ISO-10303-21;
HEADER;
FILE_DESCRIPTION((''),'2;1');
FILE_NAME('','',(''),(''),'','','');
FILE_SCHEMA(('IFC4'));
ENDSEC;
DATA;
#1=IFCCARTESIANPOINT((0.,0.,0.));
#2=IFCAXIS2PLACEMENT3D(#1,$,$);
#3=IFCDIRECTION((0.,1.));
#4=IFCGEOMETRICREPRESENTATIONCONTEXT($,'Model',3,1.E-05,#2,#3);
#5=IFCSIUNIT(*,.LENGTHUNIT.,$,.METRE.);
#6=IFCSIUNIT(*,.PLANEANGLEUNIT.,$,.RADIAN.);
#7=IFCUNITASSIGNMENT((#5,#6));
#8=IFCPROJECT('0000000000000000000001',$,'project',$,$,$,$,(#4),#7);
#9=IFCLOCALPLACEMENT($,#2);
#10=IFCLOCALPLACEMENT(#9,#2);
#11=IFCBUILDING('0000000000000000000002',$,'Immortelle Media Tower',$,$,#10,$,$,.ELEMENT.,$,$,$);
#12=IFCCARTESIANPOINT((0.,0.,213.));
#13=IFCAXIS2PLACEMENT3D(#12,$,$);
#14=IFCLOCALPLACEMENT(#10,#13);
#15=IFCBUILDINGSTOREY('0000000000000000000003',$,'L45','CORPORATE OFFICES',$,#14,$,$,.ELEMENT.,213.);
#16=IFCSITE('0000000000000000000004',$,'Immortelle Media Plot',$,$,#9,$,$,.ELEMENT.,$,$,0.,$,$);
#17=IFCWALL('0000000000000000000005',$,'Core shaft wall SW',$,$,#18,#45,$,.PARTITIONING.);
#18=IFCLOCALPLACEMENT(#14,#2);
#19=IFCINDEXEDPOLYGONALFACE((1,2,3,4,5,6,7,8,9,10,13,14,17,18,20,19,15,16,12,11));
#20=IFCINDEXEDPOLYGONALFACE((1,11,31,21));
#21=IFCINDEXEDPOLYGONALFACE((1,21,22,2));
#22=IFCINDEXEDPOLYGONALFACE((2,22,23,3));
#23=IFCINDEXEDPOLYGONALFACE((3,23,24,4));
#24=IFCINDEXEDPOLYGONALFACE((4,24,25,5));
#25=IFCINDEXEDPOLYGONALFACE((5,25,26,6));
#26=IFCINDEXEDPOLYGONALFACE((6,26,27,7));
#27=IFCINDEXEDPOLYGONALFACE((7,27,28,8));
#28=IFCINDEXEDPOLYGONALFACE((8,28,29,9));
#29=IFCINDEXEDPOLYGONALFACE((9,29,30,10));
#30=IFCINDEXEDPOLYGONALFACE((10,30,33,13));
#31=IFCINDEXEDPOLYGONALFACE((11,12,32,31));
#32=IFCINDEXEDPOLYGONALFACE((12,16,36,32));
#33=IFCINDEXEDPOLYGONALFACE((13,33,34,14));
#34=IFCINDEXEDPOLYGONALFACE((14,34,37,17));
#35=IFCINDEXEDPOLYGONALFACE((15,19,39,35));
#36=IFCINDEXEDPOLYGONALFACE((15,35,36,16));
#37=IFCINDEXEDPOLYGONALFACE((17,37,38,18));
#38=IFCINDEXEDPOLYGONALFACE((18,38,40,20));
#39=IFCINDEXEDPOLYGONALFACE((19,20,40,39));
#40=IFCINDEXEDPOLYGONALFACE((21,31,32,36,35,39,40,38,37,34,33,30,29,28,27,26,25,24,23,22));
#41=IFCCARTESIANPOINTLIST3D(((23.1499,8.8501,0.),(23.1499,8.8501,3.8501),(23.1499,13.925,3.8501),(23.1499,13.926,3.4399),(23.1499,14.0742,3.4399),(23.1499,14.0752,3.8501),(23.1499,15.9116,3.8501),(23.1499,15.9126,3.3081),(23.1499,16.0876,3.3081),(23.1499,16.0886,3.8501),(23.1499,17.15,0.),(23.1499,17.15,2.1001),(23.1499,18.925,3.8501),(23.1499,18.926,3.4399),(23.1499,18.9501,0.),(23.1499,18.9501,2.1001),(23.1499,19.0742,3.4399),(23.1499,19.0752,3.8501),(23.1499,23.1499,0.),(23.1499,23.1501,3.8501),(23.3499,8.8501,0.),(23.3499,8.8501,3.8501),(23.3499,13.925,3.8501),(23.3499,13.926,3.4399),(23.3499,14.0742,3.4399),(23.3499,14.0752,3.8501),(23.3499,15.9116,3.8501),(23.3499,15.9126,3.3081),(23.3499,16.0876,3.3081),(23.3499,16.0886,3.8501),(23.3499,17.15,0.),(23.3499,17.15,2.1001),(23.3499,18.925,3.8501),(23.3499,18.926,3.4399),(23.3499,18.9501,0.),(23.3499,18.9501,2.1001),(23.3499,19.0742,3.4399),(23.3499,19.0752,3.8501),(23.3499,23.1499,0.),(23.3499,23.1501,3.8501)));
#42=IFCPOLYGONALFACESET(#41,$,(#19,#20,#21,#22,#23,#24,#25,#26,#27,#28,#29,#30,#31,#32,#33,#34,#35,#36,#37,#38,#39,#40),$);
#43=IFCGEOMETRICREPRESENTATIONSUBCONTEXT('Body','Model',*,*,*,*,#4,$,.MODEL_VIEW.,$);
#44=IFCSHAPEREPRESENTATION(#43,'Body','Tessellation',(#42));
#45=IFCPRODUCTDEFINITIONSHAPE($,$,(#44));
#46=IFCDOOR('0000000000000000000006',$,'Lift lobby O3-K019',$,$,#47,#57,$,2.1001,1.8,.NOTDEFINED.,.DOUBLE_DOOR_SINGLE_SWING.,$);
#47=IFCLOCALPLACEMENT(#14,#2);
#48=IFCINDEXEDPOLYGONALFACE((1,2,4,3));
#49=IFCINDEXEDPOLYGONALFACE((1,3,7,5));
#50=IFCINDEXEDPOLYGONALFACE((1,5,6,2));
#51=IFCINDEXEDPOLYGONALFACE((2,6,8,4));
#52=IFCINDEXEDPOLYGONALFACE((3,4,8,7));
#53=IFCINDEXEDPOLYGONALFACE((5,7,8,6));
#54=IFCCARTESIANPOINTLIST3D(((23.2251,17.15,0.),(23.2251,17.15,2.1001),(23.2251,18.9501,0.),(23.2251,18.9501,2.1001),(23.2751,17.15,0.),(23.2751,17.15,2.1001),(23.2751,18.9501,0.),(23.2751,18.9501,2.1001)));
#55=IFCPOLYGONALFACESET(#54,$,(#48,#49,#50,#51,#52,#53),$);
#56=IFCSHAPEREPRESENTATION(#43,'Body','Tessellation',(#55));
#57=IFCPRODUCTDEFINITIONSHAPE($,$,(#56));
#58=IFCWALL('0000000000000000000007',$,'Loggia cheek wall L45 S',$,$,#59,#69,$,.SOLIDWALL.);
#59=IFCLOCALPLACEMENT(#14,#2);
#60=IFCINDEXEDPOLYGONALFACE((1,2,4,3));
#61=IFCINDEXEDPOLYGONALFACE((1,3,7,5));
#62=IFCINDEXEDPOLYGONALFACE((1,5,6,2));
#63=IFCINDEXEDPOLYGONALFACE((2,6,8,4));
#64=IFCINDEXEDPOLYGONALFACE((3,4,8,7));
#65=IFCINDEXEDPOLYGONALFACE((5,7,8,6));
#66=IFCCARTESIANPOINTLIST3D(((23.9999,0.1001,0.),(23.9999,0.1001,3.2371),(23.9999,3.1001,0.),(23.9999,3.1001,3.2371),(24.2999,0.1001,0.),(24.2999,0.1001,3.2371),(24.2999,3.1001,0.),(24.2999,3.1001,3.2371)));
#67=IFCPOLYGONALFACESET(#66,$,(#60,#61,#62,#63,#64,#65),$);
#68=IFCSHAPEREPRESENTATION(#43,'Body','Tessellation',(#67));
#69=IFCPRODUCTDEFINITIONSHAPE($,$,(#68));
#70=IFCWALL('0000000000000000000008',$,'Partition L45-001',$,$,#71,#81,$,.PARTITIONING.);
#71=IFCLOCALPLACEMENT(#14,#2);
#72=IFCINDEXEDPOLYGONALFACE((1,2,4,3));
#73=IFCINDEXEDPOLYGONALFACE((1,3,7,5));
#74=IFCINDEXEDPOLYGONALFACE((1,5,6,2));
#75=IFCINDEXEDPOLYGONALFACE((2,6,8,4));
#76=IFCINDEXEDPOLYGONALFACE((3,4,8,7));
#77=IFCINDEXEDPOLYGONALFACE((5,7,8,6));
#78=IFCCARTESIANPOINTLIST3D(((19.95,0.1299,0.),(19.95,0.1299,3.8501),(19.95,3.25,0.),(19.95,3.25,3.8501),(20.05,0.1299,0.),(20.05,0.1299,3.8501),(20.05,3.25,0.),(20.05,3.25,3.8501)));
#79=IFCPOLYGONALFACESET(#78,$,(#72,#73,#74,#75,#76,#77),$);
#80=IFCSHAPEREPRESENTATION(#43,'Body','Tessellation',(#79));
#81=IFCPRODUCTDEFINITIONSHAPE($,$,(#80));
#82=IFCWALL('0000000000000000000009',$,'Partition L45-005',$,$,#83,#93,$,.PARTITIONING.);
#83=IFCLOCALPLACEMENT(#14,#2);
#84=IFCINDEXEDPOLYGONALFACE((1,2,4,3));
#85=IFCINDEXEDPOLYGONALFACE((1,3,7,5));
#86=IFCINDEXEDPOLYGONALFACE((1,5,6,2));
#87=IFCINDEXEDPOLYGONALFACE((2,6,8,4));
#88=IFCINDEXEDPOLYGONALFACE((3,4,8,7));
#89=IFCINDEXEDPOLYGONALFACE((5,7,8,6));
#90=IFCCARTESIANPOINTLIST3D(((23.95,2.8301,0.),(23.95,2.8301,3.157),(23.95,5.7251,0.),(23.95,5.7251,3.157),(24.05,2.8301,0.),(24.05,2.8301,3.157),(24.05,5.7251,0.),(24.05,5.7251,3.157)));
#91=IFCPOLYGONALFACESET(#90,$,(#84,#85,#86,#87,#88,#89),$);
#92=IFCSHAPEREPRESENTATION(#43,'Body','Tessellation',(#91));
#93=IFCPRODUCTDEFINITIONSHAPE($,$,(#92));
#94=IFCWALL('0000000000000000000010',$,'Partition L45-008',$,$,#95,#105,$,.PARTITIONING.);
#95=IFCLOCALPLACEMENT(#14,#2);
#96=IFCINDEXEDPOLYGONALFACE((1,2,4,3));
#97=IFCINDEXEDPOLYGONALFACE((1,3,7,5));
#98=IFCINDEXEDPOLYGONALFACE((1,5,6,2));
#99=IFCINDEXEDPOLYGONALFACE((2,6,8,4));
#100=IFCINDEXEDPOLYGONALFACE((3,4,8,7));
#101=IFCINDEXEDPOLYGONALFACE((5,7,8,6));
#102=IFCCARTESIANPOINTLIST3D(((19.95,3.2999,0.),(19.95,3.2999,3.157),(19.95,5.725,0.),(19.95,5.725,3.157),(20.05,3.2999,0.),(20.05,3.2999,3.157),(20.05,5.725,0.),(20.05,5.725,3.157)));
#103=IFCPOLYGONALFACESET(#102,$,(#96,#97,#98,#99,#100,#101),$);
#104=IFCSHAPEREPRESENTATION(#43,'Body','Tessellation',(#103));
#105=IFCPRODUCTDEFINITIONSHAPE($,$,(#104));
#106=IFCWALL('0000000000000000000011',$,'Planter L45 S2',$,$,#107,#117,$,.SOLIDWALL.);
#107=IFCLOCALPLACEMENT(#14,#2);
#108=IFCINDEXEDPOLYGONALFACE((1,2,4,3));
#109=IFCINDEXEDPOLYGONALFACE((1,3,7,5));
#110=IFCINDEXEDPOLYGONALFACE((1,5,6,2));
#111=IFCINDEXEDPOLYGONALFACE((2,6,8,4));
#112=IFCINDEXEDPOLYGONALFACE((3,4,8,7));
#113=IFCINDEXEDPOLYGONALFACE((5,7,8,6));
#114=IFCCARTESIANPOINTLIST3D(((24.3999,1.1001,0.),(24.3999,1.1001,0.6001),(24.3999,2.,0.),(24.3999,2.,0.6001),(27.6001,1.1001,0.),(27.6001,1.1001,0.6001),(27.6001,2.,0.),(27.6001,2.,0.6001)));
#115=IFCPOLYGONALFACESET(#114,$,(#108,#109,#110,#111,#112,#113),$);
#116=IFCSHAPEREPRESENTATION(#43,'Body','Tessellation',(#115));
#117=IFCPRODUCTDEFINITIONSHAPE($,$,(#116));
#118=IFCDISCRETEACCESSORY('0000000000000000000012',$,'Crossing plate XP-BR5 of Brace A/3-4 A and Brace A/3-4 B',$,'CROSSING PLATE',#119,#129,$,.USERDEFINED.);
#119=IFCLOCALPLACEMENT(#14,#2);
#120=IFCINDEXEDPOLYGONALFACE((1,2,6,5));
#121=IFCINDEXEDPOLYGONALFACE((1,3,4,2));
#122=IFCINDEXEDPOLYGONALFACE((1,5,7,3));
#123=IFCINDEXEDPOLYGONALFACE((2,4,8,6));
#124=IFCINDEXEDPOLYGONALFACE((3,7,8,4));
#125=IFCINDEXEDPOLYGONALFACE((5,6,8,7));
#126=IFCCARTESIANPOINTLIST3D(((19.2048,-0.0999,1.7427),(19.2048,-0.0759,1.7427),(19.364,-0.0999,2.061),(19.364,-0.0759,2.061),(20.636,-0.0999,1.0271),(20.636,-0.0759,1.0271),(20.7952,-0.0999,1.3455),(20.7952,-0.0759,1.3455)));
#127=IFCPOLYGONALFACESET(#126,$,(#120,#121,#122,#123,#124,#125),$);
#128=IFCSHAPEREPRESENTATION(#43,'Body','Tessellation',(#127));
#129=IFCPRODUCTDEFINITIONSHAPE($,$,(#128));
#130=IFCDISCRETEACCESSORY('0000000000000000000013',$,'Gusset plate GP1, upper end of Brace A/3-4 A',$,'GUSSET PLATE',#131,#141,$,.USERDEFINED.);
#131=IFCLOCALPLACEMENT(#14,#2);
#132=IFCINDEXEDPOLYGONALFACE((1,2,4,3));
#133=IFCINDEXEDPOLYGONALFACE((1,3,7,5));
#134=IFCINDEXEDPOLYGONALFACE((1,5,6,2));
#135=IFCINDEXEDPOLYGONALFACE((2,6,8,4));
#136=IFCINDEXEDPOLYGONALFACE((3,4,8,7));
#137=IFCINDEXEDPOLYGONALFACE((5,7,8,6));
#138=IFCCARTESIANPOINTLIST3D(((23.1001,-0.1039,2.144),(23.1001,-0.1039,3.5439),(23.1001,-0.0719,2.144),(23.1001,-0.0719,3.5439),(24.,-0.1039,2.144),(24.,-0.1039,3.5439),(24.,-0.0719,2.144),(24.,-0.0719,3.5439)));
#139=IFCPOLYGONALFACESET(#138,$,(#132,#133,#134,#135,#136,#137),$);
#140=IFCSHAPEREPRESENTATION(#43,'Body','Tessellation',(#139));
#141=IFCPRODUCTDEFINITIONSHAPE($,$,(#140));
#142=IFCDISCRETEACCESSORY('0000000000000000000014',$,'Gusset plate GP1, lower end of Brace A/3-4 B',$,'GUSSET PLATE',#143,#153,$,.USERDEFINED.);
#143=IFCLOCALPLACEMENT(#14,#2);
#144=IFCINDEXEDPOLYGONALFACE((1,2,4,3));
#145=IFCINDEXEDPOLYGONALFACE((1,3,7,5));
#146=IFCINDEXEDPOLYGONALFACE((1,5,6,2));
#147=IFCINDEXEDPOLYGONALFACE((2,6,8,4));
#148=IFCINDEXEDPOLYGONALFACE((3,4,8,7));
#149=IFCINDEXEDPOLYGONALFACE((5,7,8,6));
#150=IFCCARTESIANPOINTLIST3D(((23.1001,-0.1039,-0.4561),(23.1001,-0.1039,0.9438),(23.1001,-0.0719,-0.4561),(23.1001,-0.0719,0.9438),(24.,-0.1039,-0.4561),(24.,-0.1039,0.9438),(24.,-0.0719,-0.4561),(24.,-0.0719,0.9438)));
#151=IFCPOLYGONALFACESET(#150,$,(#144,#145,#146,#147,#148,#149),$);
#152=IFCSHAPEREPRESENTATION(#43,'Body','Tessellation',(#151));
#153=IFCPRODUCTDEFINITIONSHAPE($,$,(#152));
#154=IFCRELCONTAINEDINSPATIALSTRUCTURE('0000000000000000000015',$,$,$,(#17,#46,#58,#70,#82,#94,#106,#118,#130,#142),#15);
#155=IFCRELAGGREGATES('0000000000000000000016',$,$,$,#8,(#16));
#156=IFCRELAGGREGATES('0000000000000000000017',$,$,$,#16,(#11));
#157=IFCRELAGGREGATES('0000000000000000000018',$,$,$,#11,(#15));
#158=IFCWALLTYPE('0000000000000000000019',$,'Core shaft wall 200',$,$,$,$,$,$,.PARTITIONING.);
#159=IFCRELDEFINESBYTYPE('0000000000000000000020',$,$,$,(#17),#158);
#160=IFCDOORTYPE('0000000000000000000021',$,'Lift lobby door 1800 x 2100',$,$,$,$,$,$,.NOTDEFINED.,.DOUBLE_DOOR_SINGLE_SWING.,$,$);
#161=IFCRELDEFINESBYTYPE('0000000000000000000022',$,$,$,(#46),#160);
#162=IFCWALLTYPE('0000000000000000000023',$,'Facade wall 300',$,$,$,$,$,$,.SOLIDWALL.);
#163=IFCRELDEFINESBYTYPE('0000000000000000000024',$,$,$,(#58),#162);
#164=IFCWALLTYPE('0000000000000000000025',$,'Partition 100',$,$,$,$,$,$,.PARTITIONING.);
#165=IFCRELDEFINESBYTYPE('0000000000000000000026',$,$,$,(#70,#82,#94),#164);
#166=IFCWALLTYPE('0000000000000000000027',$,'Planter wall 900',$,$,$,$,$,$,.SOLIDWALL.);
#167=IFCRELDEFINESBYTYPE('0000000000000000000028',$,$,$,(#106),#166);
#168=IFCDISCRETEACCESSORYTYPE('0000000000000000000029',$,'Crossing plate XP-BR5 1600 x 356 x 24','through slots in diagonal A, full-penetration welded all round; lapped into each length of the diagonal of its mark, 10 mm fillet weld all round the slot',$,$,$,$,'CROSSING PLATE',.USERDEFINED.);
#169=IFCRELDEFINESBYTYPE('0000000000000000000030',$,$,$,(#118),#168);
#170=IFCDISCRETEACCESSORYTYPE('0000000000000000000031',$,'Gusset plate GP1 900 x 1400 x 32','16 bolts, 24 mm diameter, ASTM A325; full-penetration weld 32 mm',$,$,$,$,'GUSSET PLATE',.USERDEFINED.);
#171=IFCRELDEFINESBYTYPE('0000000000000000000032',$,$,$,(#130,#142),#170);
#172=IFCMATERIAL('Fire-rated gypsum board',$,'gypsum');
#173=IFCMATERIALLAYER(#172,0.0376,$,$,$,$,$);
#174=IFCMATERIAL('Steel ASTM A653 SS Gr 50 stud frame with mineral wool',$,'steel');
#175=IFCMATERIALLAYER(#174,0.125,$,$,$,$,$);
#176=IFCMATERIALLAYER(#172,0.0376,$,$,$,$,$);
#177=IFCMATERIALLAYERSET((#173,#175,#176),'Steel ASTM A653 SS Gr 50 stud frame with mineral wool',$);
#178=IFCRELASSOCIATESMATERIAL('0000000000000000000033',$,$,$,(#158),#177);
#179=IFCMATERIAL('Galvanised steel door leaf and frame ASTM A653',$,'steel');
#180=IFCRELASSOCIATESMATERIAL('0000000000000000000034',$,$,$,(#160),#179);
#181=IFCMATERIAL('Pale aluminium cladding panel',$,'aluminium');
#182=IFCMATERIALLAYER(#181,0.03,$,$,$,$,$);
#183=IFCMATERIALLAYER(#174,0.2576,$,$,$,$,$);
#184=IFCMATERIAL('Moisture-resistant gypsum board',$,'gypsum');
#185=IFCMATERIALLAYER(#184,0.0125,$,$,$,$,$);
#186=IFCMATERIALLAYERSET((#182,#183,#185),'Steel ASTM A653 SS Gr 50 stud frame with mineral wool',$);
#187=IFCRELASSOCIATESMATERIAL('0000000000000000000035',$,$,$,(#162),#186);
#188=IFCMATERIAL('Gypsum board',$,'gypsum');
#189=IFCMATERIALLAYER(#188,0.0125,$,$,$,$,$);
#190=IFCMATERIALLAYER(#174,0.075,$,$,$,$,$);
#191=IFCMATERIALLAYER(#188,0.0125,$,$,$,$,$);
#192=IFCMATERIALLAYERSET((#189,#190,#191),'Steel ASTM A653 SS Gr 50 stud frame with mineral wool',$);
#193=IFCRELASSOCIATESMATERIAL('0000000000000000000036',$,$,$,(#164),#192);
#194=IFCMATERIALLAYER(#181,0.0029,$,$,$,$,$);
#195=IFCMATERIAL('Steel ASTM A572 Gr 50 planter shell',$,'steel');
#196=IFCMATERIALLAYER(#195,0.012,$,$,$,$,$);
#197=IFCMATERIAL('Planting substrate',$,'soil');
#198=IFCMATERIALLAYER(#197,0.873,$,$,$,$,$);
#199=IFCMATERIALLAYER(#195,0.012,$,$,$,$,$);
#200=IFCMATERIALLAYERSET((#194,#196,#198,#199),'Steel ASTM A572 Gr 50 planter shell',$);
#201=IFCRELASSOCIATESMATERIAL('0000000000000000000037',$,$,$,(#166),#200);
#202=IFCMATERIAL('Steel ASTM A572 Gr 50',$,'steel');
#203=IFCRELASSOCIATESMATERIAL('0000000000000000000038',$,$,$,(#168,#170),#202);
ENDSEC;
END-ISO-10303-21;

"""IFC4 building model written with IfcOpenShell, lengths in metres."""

from ifc_helpers import new_model, si_unit, direction, frame, frame_2d, origin, origin_2d, place, context, subcontext, project, spatial, polyline, rectangle, outline, extrude, material, layer, layer_set, material_profile, profile_set, type_object, element, fill, save


model = new_model("IFC4")

# Units and contexts
model_context = context("Model", 3, precision=1e-05, world=origin(), true_north=direction((0.0, 1.0)))
body_context = subcontext(model_context, "Body", "Model", "MODEL_VIEW")
ifc_project = project(units=[si_unit("LENGTHUNIT", "METRE"), si_unit("PLANEANGLEUNIT", "RADIAN")], contexts=[model_context])

# Site, building, storey
site_placement = place(None, origin())
site = spatial("IfcSite", under=ifc_project, at=site_placement, Name="Immortelle Media Plot", CompositionType="ELEMENT", RefElevation=0.0)
building_placement = place(site_placement, origin())
building = spatial("IfcBuilding", under=site, at=building_placement, Name="Immortelle Media Tower", CompositionType="ELEMENT")
storey_placement = place(building_placement, frame((0.0, 0.0, 213.0)))
storey = spatial("IfcBuildingStorey", under=building, at=storey_placement, Name="L45", Description="CORPORATE OFFICES", CompositionType="ELEMENT", Elevation=213.0)

# Wall, opening, door
ifc_material_1 = material(Name="Fire-rated gypsum board", Category="gypsum")
ifc_layer_1 = layer(ifc_material_1, 0.0376)
ifc_material_2 = material(Name="Steel ASTM A653 SS Gr 50 stud frame with mineral wool", Category="steel")
ifc_layer_2 = layer(ifc_material_2, 0.125)
ifc_layer_3 = layer(ifc_material_1, 0.0376)
ifc_layer_set_1 = layer_set([ifc_layer_1, ifc_layer_2, ifc_layer_3], Name="Steel ASTM A653 SS Gr 50 stud frame with mineral wool")
wall_type_1 = type_object("IfcWallType", Name="Core shaft wall 200", PredefinedType="PARTITIONING", material=ifc_layer_set_1)
wall_1_placement = place(storey_placement, frame((23.25, 8.8501, 0.0), z_axis=(0.0, 0.0, 1.0), x_axis=(0.0, 1.0, 0.0)))
wall_1 = element("IfcWall", 1, at=wall_1_placement, inside=storey, type_object=wall_type_1, Name="Core shaft wall SW", PredefinedType="PARTITIONING", context=body_context, shape_type="SweptSolid", body=[
    extrude(outline(polyline([(0.0, 0.0), (14.2998, 0.0), (14.3, 3.8501), (10.2251, 3.8501), (10.2241, 3.4399), (10.0759, 3.4399), (10.075, 3.8501), (7.2385, 3.8501), (7.2375, 3.3081), (7.0625, 3.3081), (7.0615, 3.8501), (5.2251, 3.8501), (5.2241, 3.4399), (5.0759, 3.4399), (5.075, 3.8501), (0.0, 3.8501), (0.0, 0.0)])), frame((0.0, 0.1001, 0.0), z_axis=(0.0, -1.0, 0.0), x_axis=(1.0, 0.0, 0.0)), (0.0, 0.0, 1.0), 0.2),
])
opening_1_placement = place(wall_1_placement, frame((8.3, 0.0, 0.0)))
opening_1 = element("IfcOpeningElement", 2, at=opening_1_placement, cuts=wall_1, PredefinedType="OPENING", context=body_context, shape_type="SweptSolid", body=[
    extrude(rectangle(XDim=1.8, YDim=2.1001, at=frame_2d((0.8999, 1.05))), frame((0.0, 0.1099, 0.0), z_axis=(0.0, -1.0, 0.0), x_axis=(1.0, 0.0, 0.0)), (0.0, 0.0, 1.0), 0.22),
])
ifc_material_3 = material(Name="Galvanised steel door leaf and frame ASTM A653", Category="steel")
door_type_1 = type_object("IfcDoorType", Name="Lift lobby door 1800 x 2100", OperationType="DOUBLE_DOOR_SINGLE_SWING", PredefinedType="NOTDEFINED", material=ifc_material_3)
door_1_placement = place(opening_1_placement, origin())
door_1 = element("IfcDoor", 3, at=door_1_placement, inside=storey, type_object=door_type_1, Name="Lift lobby O3-K019", OperationType="DOUBLE_DOOR_SINGLE_SWING", OverallHeight=2.1001, OverallWidth=1.8, PredefinedType="NOTDEFINED", context=body_context, shape_type="SweptSolid", body=[
    extrude(rectangle(XDim=1.8, YDim=2.1001, at=frame_2d((0.8999, 1.05))), frame((0.0, 0.0249, 0.0), z_axis=(0.0, -1.0, 0.0), x_axis=(1.0, 0.0, 0.0)), (0.0, 0.0, 1.0), 0.05),
])
fill(opening_1, door_1)

# Shared definitions
ifc_material_4 = material(Name="Pale aluminium cladding panel", Category="aluminium")
ifc_layer_4 = layer(ifc_material_4, 0.03)
ifc_layer_5 = layer(ifc_material_2, 0.2576)
ifc_material_5 = material(Name="Moisture-resistant gypsum board", Category="gypsum")
ifc_layer_6 = layer(ifc_material_5, 0.0125)
ifc_layer_set_2 = layer_set([ifc_layer_4, ifc_layer_5, ifc_layer_6], Name="Steel ASTM A653 SS Gr 50 stud frame with mineral wool")
wall_type_2 = type_object("IfcWallType", Name="Facade wall 300", PredefinedType="SOLIDWALL", material=ifc_layer_set_2)

# Walls
wall_2_placement = place(storey_placement, frame((24.1499, 0.1001, 0.0), z_axis=(0.0, 0.0, 1.0), x_axis=(0.0, 1.0, 0.0)))
element("IfcWall", 4, at=wall_2_placement, inside=storey, type_object=wall_type_2, Name="Loggia cheek wall L45 S", PredefinedType="SOLIDWALL", context=body_context, shape_type="SweptSolid", body=[
    extrude(rectangle(XDim=3.0, YDim=0.3, at=frame_2d((1.5, 0.0))), origin(), (0.0, 0.0, 1.0), 3.2371),
])
ifc_material_6 = material(Name="Gypsum board", Category="gypsum")
ifc_layer_7 = layer(ifc_material_6, 0.0125)
ifc_layer_8 = layer(ifc_material_2, 0.075)
ifc_layer_9 = layer(ifc_material_6, 0.0125)
ifc_layer_set_3 = layer_set([ifc_layer_7, ifc_layer_8, ifc_layer_9], Name="Steel ASTM A653 SS Gr 50 stud frame with mineral wool")
wall_type_3 = type_object("IfcWallType", Name="Partition 100", PredefinedType="PARTITIONING", material=ifc_layer_set_3)
wall_3_placement = place(storey_placement, frame((20.0, 0.1299, 0.0), z_axis=(0.0, 0.0, 1.0), x_axis=(0.0, 1.0, 0.0)))
element("IfcWall", 5, at=wall_3_placement, inside=storey, type_object=wall_type_3, Name="Partition L45-001", PredefinedType="PARTITIONING", context=body_context, shape_type="SweptSolid", body=[
    extrude(rectangle(XDim=3.1201, YDim=0.1001, at=frame_2d((1.5601, 0.0))), origin(), (0.0, 0.0, 1.0), 3.8501),
])
wall_4_placement = place(storey_placement, frame((24.0, 2.8301, 0.0), z_axis=(0.0, 0.0, 1.0), x_axis=(0.0, 1.0, 0.0)))
element("IfcWall", 6, at=wall_4_placement, inside=storey, type_object=wall_type_3, Name="Partition L45-005", PredefinedType="PARTITIONING", context=body_context, shape_type="SweptSolid", body=[
    extrude(rectangle(XDim=2.895, YDim=0.1001, at=frame_2d((1.4475, 0.0))), origin(), (0.0, 0.0, 1.0), 3.157),
])
wall_5_placement = place(storey_placement, frame((20.0, 3.3, 0.0), z_axis=(0.0, 0.0, 1.0), x_axis=(0.0, 1.0, 0.0)))
element("IfcWall", 7, at=wall_5_placement, inside=storey, type_object=wall_type_3, Name="Partition L45-008", PredefinedType="PARTITIONING", context=body_context, shape_type="SweptSolid", body=[
    extrude(rectangle(XDim=2.425, YDim=0.1001, at=frame_2d((1.2124, 0.0))), origin(), (0.0, 0.0, 1.0), 3.157),
])
ifc_layer_10 = layer(ifc_material_4, 0.0029)
ifc_material_7 = material(Name="Steel ASTM A572 Gr 50 planter shell", Category="steel")
ifc_layer_11 = layer(ifc_material_7, 0.012)
ifc_material_8 = material(Name="Planting substrate", Category="soil")
ifc_layer_12 = layer(ifc_material_8, 0.873)
ifc_layer_13 = layer(ifc_material_7, 0.012)
ifc_layer_set_4 = layer_set([ifc_layer_10, ifc_layer_11, ifc_layer_12, ifc_layer_13], Name="Steel ASTM A572 Gr 50 planter shell")
wall_type_4 = type_object("IfcWallType", Name="Planter wall 900", PredefinedType="SOLIDWALL", material=ifc_layer_set_4)
wall_6_placement = place(storey_placement, frame((24.3999, 1.55, 0.0), z_axis=(0.0, 0.0, 1.0), x_axis=(1.0, 0.0, 0.0)))
element("IfcWall", 8, at=wall_6_placement, inside=storey, type_object=wall_type_4, Name="Planter L45 S2", PredefinedType="SOLIDWALL", context=body_context, shape_type="SweptSolid", body=[
    extrude(rectangle(XDim=3.2002, YDim=0.8999, at=frame_2d((1.6001, 0.0))), origin(), (0.0, 0.0, 1.0), 0.6001),
])

# Discrete accessories
ifc_material_9 = material(Name="Steel ASTM A572 Gr 50", Category="steel")
ifc_material_profile_1 = material_profile(ifc_material_9, rectangle(XDim=0.0239, YDim=0.356, at=origin_2d()), Name="PL 24 x 356")
ifc_profile_set_1 = profile_set([ifc_material_profile_1], Name="Steel ASTM A572 Gr 50")
discrete_accessory_type_1 = type_object("IfcDiscreteAccessoryType", Name="Crossing plate XP-BR5 1600 x 356 x 24", Description="through slots in diagonal A, full-penetration welded all round; lapped into each length of the diagonal of its mark, 10 mm fillet weld all round the slot", ElementType="CROSSING PLATE", PredefinedType="USERDEFINED", material=ifc_profile_set_1)
discrete_accessory_placement = place(storey_placement, frame((19.2844, -0.0879, 1.9019), z_axis=(0.894427, 0.0, -0.447214), x_axis=(0.0, 1.0, 0.0)))
element("IfcDiscreteAccessory", 9, at=discrete_accessory_placement, inside=storey, type_object=discrete_accessory_type_1, Name="Crossing plate XP-BR5 of Brace A/3-4 A and Brace A/3-4 B", ObjectType="CROSSING PLATE", PredefinedType="USERDEFINED", context=body_context, shape_type="SweptSolid", body=[
    extrude(rectangle(XDim=0.0239, YDim=0.356, at=origin_2d()), origin(), (0.0, 0.0, 1.0), 1.6001),
])
ifc_material_profile_2 = material_profile(ifc_material_9, rectangle(XDim=0.032, YDim=1.3999, at=origin_2d()), Name="PL 32 x 1400")
ifc_profile_set_2 = profile_set([ifc_material_profile_2], Name="Steel ASTM A572 Gr 50")
discrete_accessory_type_2 = type_object("IfcDiscreteAccessoryType", Name="Gusset plate GP1 900 x 1400 x 32", Description="16 bolts, 24 mm diameter, ASTM A325; full-penetration weld 32 mm", ElementType="GUSSET PLATE", PredefinedType="USERDEFINED", material=ifc_profile_set_2)
for number, where, z_axis, x_axis, name in (
    (10, (24.0, -0.0879, 2.844), (-1.0, 0.0, 0.0), (0.0, -1.0, 0.0), "Gusset plate GP1, upper end of Brace A/3-4 A"),
    (11, (24.0, -0.0879, 0.2439), (-1.0, 0.0, 0.0), (0.0, -1.0, 0.0), "Gusset plate GP1, lower end of Brace A/3-4 B"),
):
    element("IfcDiscreteAccessory", number, at=place(storey_placement, frame(where, z_axis=z_axis, x_axis=x_axis)), inside=storey, type_object=discrete_accessory_type_2, Name=name, ObjectType="GUSSET PLATE", PredefinedType="USERDEFINED", context=body_context, shape_type="SweptSolid", body=[
        extrude(rectangle(XDim=0.032, YDim=1.3999, at=origin_2d()), origin(), (0.0, 0.0, 1.0), 0.8999),
    ])

save(model, "model.ifc")
